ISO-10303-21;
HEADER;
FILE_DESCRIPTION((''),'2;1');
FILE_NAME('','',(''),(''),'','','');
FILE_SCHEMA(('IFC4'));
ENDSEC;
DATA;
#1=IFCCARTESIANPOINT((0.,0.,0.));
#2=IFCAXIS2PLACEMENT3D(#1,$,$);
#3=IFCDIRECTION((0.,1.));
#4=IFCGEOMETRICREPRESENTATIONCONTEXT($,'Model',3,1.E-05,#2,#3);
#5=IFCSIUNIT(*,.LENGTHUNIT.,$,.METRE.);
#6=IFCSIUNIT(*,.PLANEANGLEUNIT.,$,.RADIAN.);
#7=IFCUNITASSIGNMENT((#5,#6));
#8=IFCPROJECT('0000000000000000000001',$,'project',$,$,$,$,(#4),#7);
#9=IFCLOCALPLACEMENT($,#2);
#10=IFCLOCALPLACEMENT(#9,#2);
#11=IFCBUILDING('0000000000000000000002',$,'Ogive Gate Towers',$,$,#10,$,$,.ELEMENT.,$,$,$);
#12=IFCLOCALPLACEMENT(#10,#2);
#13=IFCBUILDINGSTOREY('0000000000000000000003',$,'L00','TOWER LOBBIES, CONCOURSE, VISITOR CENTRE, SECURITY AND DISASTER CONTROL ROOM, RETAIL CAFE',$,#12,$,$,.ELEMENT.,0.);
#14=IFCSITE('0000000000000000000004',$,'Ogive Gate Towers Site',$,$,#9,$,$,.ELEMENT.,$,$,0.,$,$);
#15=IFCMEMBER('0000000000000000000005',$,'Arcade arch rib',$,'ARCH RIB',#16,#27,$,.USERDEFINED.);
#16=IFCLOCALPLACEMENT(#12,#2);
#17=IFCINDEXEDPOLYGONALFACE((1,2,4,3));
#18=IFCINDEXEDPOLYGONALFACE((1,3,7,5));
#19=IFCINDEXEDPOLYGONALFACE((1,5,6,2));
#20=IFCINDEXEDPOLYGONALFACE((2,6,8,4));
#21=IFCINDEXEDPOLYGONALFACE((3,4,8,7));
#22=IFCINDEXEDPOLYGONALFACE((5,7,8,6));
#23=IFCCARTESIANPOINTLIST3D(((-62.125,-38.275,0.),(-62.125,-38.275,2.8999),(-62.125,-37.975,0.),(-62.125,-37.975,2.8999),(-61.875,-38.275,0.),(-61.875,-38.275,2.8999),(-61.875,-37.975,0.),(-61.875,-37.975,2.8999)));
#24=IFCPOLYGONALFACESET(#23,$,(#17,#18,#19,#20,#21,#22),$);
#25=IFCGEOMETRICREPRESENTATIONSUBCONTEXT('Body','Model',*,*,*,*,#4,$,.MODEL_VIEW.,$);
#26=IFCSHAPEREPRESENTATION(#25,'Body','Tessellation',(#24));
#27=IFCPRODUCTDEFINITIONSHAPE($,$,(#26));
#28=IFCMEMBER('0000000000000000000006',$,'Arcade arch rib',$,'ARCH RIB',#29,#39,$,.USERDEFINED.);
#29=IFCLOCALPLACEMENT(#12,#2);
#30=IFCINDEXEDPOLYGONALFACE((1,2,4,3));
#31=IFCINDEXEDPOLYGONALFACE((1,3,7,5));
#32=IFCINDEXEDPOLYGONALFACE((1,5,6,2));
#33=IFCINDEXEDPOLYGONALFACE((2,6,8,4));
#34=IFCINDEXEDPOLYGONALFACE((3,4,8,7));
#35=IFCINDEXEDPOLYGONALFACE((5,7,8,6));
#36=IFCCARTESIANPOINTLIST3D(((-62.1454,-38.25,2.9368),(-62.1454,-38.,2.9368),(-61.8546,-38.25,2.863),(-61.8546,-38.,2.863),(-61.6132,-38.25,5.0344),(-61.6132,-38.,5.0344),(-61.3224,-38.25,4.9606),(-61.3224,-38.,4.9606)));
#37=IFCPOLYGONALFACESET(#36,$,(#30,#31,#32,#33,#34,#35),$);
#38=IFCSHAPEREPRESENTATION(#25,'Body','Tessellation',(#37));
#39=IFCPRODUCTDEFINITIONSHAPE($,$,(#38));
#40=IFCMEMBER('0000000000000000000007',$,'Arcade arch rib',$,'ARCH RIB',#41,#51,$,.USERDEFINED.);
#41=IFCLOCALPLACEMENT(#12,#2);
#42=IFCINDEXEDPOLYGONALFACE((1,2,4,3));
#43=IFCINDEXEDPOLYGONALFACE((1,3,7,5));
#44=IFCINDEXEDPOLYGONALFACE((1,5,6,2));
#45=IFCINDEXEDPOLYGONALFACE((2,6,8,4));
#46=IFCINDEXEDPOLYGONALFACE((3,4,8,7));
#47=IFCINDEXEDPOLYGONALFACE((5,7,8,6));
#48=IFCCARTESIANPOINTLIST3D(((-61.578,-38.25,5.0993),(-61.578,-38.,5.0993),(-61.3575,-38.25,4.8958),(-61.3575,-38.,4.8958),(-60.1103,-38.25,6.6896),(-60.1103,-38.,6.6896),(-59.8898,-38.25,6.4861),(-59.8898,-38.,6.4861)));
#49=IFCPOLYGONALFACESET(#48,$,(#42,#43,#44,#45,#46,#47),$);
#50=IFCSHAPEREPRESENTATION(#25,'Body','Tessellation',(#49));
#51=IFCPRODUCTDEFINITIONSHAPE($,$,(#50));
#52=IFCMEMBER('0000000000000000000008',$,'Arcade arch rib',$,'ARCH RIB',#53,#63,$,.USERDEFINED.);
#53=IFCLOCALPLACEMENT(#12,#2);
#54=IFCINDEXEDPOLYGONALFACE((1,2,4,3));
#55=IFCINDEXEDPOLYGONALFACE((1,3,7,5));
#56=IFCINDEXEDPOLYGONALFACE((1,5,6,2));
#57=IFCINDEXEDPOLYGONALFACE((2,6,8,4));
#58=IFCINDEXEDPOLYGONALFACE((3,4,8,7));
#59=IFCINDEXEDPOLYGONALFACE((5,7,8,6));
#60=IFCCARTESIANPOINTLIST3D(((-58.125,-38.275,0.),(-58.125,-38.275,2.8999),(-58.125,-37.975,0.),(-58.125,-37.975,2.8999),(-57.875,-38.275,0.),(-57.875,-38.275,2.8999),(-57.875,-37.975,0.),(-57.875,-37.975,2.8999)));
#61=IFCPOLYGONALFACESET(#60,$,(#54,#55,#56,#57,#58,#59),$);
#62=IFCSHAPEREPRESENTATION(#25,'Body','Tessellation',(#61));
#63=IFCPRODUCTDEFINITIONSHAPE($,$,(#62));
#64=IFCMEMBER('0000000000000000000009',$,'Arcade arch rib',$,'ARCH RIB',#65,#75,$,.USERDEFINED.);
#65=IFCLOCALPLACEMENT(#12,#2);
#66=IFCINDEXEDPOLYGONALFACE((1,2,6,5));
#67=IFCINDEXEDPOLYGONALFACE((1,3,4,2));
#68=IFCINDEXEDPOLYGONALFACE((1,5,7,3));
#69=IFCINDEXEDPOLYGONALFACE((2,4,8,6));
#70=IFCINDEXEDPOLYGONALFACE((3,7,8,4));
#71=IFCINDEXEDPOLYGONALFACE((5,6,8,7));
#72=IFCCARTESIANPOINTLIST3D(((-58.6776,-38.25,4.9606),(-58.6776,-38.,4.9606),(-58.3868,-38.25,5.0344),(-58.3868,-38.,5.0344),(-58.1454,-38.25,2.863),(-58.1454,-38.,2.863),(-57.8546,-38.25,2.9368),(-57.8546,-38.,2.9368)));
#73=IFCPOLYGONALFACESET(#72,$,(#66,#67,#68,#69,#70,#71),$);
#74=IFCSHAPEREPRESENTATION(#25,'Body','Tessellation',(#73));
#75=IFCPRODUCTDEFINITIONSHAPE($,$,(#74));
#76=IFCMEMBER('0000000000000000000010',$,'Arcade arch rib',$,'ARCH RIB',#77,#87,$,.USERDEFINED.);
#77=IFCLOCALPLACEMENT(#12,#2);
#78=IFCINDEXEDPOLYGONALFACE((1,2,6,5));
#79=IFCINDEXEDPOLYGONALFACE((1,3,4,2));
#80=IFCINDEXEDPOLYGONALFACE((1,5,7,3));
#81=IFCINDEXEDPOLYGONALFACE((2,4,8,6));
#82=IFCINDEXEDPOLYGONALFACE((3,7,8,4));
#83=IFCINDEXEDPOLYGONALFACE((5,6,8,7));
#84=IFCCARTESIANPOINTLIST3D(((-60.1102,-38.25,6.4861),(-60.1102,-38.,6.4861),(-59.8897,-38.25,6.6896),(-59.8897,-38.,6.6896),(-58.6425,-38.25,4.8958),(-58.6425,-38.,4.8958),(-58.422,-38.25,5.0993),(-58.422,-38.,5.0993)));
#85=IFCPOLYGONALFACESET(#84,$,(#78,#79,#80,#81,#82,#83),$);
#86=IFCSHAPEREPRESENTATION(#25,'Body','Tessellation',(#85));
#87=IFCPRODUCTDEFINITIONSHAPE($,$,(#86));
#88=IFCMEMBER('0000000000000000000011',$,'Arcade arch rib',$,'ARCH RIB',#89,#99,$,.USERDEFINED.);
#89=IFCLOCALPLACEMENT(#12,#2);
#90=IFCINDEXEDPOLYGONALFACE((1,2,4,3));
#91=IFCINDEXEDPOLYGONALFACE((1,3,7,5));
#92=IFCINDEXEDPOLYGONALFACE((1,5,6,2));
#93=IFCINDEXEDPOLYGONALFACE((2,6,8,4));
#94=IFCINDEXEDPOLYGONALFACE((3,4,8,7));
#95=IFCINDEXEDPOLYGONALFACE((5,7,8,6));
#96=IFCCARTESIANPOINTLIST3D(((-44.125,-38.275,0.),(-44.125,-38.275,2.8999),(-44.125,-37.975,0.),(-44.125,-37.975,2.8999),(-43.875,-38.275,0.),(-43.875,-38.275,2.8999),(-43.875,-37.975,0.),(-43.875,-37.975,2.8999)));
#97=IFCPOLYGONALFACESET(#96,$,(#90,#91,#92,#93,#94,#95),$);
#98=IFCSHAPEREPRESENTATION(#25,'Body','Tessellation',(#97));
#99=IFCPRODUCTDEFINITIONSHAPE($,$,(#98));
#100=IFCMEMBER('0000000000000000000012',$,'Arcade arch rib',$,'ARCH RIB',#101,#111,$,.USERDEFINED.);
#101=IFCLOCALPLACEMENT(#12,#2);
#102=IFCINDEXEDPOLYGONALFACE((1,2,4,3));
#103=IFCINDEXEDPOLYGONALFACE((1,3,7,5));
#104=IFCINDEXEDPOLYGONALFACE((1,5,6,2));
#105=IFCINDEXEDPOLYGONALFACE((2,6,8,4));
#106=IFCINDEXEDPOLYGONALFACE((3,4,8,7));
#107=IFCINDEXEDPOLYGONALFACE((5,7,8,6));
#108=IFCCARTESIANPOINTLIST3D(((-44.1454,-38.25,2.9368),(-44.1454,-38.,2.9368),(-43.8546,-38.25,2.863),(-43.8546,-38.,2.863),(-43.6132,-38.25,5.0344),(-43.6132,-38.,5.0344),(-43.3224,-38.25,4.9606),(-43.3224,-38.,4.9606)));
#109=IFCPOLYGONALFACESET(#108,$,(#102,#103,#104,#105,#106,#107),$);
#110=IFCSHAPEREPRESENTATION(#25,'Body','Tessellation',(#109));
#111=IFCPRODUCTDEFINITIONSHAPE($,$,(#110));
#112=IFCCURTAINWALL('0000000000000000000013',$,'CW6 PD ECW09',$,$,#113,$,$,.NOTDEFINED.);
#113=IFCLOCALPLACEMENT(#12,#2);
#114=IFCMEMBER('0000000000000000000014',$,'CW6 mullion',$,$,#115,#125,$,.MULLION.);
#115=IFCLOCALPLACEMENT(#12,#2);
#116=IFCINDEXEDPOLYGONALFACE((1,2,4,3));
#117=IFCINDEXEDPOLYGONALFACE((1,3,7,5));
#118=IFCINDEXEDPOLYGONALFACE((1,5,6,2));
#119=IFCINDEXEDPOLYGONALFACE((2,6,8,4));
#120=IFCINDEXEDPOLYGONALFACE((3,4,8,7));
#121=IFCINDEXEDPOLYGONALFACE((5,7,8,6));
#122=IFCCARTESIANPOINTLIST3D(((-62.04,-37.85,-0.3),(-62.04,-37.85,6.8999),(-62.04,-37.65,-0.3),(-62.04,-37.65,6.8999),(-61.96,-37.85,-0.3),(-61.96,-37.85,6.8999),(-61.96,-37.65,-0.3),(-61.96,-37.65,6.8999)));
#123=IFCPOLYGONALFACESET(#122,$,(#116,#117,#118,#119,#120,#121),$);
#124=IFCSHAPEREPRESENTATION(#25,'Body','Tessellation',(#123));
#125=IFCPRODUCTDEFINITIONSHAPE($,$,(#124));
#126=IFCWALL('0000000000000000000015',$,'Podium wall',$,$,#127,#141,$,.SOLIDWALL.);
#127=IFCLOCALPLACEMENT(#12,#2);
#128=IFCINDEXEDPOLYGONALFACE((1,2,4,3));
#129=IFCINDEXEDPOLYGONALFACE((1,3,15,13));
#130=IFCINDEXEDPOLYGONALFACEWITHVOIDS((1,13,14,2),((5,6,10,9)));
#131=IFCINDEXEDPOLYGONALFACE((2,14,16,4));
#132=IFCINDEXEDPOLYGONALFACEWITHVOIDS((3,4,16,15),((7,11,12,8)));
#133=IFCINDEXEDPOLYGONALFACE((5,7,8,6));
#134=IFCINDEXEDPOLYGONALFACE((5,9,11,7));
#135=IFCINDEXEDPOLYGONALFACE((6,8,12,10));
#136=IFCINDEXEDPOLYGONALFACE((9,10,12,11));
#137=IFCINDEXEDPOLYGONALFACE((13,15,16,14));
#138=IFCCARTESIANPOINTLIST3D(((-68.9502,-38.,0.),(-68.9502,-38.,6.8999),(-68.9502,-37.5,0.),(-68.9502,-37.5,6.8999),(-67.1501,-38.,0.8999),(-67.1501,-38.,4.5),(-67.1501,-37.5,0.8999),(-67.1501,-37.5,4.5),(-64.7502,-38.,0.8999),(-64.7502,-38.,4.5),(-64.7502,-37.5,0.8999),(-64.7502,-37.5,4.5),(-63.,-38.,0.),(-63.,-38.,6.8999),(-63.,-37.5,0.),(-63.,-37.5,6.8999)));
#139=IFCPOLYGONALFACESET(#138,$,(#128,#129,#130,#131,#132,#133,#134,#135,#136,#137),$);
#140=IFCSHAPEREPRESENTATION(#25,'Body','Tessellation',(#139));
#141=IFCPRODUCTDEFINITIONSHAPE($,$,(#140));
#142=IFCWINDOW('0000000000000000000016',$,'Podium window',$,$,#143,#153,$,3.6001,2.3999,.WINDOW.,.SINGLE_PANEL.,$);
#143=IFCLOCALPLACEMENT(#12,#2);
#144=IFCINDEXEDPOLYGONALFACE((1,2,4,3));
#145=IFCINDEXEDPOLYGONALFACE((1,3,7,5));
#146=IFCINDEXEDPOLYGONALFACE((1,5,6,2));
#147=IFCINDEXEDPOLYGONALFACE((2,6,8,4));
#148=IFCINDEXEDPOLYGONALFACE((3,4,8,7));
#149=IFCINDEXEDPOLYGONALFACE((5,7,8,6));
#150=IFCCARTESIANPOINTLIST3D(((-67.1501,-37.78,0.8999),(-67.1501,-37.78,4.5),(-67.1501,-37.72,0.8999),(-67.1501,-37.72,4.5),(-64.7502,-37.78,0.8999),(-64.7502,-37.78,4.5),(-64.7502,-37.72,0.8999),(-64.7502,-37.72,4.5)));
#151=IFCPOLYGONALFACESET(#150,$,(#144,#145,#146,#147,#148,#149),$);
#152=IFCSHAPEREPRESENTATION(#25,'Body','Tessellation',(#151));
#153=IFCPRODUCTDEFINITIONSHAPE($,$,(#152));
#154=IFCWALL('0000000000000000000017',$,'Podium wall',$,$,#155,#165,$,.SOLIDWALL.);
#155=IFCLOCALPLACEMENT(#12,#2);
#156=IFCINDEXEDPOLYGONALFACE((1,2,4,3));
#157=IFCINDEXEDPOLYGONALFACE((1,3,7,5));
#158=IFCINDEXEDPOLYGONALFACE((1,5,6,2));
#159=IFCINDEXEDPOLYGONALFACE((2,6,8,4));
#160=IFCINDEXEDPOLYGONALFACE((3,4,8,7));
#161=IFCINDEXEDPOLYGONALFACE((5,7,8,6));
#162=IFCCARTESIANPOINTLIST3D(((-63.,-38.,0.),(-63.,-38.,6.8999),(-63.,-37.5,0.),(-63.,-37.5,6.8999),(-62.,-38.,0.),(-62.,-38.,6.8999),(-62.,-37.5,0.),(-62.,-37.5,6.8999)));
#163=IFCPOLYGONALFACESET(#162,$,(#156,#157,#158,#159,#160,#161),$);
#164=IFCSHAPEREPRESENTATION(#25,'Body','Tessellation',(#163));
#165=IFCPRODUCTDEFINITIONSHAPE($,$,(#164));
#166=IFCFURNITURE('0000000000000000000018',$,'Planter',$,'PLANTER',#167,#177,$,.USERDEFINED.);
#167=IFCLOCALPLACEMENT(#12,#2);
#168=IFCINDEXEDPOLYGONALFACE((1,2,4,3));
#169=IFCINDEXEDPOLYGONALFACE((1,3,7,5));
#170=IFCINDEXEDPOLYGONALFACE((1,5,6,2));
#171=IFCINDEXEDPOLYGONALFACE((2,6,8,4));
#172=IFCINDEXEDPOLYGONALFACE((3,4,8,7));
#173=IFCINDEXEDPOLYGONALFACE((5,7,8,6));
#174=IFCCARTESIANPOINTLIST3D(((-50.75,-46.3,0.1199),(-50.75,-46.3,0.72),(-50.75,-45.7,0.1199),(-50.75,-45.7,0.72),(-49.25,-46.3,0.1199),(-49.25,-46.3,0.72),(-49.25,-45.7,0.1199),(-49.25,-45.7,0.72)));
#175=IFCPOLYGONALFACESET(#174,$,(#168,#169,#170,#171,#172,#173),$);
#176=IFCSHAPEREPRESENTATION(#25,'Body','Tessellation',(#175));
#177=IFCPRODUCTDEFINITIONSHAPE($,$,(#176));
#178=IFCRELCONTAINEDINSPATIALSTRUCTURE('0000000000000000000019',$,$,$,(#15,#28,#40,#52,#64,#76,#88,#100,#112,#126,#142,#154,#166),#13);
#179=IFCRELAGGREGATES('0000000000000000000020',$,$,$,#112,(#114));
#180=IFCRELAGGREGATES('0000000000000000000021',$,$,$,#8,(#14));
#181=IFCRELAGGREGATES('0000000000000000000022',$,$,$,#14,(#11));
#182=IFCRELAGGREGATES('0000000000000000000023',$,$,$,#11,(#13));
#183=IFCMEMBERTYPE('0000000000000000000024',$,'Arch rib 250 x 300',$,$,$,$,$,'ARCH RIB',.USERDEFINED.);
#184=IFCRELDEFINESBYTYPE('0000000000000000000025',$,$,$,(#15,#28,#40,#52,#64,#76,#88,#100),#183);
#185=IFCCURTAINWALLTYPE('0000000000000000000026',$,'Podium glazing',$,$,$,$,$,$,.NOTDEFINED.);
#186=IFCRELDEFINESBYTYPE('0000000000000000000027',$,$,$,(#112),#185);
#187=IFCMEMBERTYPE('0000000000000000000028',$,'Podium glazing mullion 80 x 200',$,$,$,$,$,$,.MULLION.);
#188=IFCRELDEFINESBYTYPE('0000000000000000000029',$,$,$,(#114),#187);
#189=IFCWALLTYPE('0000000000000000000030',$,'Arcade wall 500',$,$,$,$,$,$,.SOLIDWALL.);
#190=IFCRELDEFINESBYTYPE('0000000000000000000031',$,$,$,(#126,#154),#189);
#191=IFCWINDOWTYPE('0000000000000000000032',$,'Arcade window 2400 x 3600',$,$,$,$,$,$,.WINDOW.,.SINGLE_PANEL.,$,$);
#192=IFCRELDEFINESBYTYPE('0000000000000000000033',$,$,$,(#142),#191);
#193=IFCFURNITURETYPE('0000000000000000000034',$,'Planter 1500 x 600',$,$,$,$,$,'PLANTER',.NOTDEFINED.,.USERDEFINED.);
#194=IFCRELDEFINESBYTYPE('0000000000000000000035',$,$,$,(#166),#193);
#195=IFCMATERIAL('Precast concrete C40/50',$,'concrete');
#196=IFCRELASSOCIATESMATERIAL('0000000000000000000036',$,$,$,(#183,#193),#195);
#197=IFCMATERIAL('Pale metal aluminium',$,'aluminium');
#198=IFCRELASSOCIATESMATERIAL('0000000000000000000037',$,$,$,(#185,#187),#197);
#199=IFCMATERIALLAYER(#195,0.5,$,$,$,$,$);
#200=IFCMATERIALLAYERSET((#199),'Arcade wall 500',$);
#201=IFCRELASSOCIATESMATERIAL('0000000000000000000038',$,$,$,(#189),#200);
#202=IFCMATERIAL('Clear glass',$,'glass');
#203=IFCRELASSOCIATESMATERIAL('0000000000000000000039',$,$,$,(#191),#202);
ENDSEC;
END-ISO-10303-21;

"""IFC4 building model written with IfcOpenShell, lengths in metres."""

from ifc_helpers import new_model, si_unit, direction, frame, frame_2d, origin, origin_2d, place, context, subcontext, project, spatial, rectangle, extrude, material, layer, layer_set, material_profile, profile_set, type_object, element, fill, aggregate, save


model = new_model("IFC4")

# Units and contexts
model_context = context("Model", 3, precision=1e-05, world=origin(), true_north=direction((0.0, 1.0)))
body_context = subcontext(model_context, "Body", "Model", "MODEL_VIEW")
ifc_project = project(units=[si_unit("LENGTHUNIT", "METRE"), si_unit("PLANEANGLEUNIT", "RADIAN")], contexts=[model_context])

# Site, building, storey
site_placement = place(None, origin())
site = spatial("IfcSite", under=ifc_project, at=site_placement, Name="Ogive Gate Towers Site", CompositionType="ELEMENT", RefElevation=0.0)
building_placement = place(site_placement, origin())
building = spatial("IfcBuilding", under=site, at=building_placement, Name="Ogive Gate Towers", CompositionType="ELEMENT")
storey_placement = place(building_placement, origin())
storey = spatial("IfcBuildingStorey", under=building, at=storey_placement, Name="L00", Description="TOWER LOBBIES, CONCOURSE, VISITOR CENTRE, SECURITY AND DISASTER CONTROL ROOM, RETAIL CAFE", CompositionType="ELEMENT", Elevation=0.0)

# Members
ifc_material_1 = material(Name="Precast concrete C40/50", Category="concrete")
ifc_material_profile_1 = material_profile(ifc_material_1, rectangle(XDim=0.25, YDim=0.3, at=origin_2d()), Name="250 x 300 cast stone")
ifc_profile_set_1 = profile_set([ifc_material_profile_1], Name="Precast concrete C40/50")
member_type_1 = type_object("IfcMemberType", Name="Arch rib 250 x 300", ElementType="ARCH RIB", PredefinedType="USERDEFINED", material=ifc_profile_set_1)
member_1_placement = place(storey_placement, frame((-62.0, -38.125, 0.0), z_axis=(0.0, 0.0, 1.0), x_axis=(1.0, 0.0, 0.0)))
element("IfcMember", 1, at=member_1_placement, inside=storey, type_object=member_type_1, Name="Arcade arch rib", ObjectType="ARCH RIB", PredefinedType="USERDEFINED", context=body_context, shape_type="SweptSolid", body=[
    extrude(rectangle(XDim=0.25, YDim=0.3, at=origin_2d()), origin(), (0.0, 0.0, 1.0), 2.8999),
])
for number, where, z_axis, x_axis, name in (
    (2, (-62.0, -38.125, 2.8999), (0.245932, 0.0, 0.969287), (0.0, 1.0, 0.0), "Arcade arch rib"),
    (3, (-61.4678, -38.125, 4.9976), (0.678224, 0.0, 0.734855), (0.0, 1.0, 0.0), "Arcade arch rib"),
):
    element("IfcMember", number, at=place(storey_placement, frame(where, z_axis=z_axis, x_axis=x_axis)), inside=storey, type_object=member_type_1, Name=name, ObjectType="ARCH RIB", PredefinedType="USERDEFINED", context=body_context, shape_type="SweptSolid", body=[
        extrude(rectangle(XDim=0.25, YDim=0.3, at=origin_2d()), origin(), (0.0, 0.0, 1.0), 2.1641),
    ])
member_2_placement = place(storey_placement, frame((-58.0, -38.125, 0.0), z_axis=(0.0, 0.0, 1.0), x_axis=(1.0, 0.0, 0.0)))
element("IfcMember", 4, at=member_2_placement, inside=storey, type_object=member_type_1, Name="Arcade arch rib", ObjectType="ARCH RIB", PredefinedType="USERDEFINED", context=body_context, shape_type="SweptSolid", body=[
    extrude(rectangle(XDim=0.25, YDim=0.3, at=origin_2d()), origin(), (0.0, 0.0, 1.0), 2.8999),
])
for number, where, z_axis, x_axis, name in (
    (5, (-58.0, -38.125, 2.8999), (-0.245932, 0.0, 0.969287), (0.0, -1.0, 0.0), "Arcade arch rib"),
    (6, (-58.5322, -38.125, 4.9976), (-0.678224, 0.0, 0.734855), (0.0, -1.0, 0.0), "Arcade arch rib"),
):
    element("IfcMember", number, at=place(storey_placement, frame(where, z_axis=z_axis, x_axis=x_axis)), inside=storey, type_object=member_type_1, Name=name, ObjectType="ARCH RIB", PredefinedType="USERDEFINED", context=body_context, shape_type="SweptSolid", body=[
        extrude(rectangle(XDim=0.25, YDim=0.3, at=origin_2d()), origin(), (0.0, 0.0, 1.0), 2.1641),
    ])
member_3_placement = place(storey_placement, frame((-44.0, -38.125, 0.0), z_axis=(0.0, 0.0, 1.0), x_axis=(1.0, 0.0, 0.0)))
element("IfcMember", 7, at=member_3_placement, inside=storey, type_object=member_type_1, Name="Arcade arch rib", ObjectType="ARCH RIB", PredefinedType="USERDEFINED", context=body_context, shape_type="SweptSolid", body=[
    extrude(rectangle(XDim=0.25, YDim=0.3, at=origin_2d()), origin(), (0.0, 0.0, 1.0), 2.8999),
])
member_4_placement = place(storey_placement, frame((-44.0, -38.125, 2.8999), z_axis=(0.245932, 0.0, 0.969287), x_axis=(0.0, 1.0, 0.0)))
element("IfcMember", 8, at=member_4_placement, inside=storey, type_object=member_type_1, Name="Arcade arch rib", ObjectType="ARCH RIB", PredefinedType="USERDEFINED", context=body_context, shape_type="SweptSolid", body=[
    extrude(rectangle(XDim=0.25, YDim=0.3, at=origin_2d()), origin(), (0.0, 0.0, 1.0), 2.1641),
])

# Curtain wall, member
ifc_material_2 = material(Name="Pale metal aluminium", Category="aluminium")
curtain_wall_type = type_object("IfcCurtainWallType", Name="Podium glazing", PredefinedType="NOTDEFINED", material=ifc_material_2)
curtain_wall_placement = place(storey_placement, origin())
curtain_wall = element("IfcCurtainWall", 9, at=curtain_wall_placement, inside=storey, type_object=curtain_wall_type, Name="CW6 PD ECW09", PredefinedType="NOTDEFINED")
ifc_material_profile_2 = material_profile(ifc_material_2, rectangle(XDim=0.2, YDim=0.0801, at=origin_2d()), Name="80 x 200 aluminium box")
ifc_profile_set_2 = profile_set([ifc_material_profile_2], Name="Pale metal aluminium")
member_type_2 = type_object("IfcMemberType", Name="Podium glazing mullion 80 x 200", PredefinedType="MULLION", material=ifc_profile_set_2)
member_5_placement = place(storey_placement, frame((-62.0, -37.75, -0.3), z_axis=(0.0, 0.0, 1.0), x_axis=(0.0, -1.0, 0.0)))
member_5 = element("IfcMember", 10, at=member_5_placement, type_object=member_type_2, Name="CW6 mullion", PredefinedType="MULLION", context=body_context, shape_type="SweptSolid", body=[
    extrude(rectangle(XDim=0.2, YDim=0.0801, at=origin_2d()), origin(), (0.0, 0.0, 1.0), 7.2),
])
aggregate(curtain_wall, [member_5])

# Wall, opening, window
ifc_layer = layer(ifc_material_1, 0.5)
ifc_layer_set = layer_set([ifc_layer], Name="Arcade wall 500")
wall_type = type_object("IfcWallType", Name="Arcade wall 500", PredefinedType="SOLIDWALL", material=ifc_layer_set)
wall_1_placement = place(storey_placement, frame((-68.9502, -37.75, 0.0), z_axis=(0.0, 0.0, 1.0), x_axis=(1.0, 0.0, 0.0)))
wall_1 = element("IfcWall", 11, at=wall_1_placement, inside=storey, type_object=wall_type, Name="Podium wall", PredefinedType="SOLIDWALL", context=body_context, shape_type="SweptSolid", body=[
    extrude(rectangle(XDim=5.9502, YDim=0.5, at=frame_2d((2.9751, 0.0))), origin(), (0.0, 0.0, 1.0), 6.8999),
])
opening_placement = place(wall_1_placement, frame((1.8, 0.0, 0.8999)))
opening = element("IfcOpeningElement", 12, at=opening_placement, cuts=wall_1, PredefinedType="OPENING", context=body_context, shape_type="SweptSolid", body=[
    extrude(rectangle(XDim=2.3999, YDim=3.6001, at=frame_2d((1.2, 1.8))), frame((0.0, 0.26, 0.0), z_axis=(0.0, -1.0, 0.0), x_axis=(1.0, 0.0, 0.0)), (0.0, 0.0, 1.0), 0.52),
])
ifc_material_3 = material(Name="Clear glass", Category="glass")
window_type = type_object("IfcWindowType", Name="Arcade window 2400 x 3600", PartitioningType="SINGLE_PANEL", PredefinedType="WINDOW", material=ifc_material_3)
window_placement = place(opening_placement, origin())
window = element("IfcWindow", 13, at=window_placement, inside=storey, type_object=window_type, Name="Podium window", OverallHeight=3.6001, OverallWidth=2.3999, PartitioningType="SINGLE_PANEL", PredefinedType="WINDOW", context=body_context, shape_type="SweptSolid", body=[
    extrude(rectangle(XDim=2.3999, YDim=3.6001, at=frame_2d((1.2, 1.8))), frame((0.0, 0.03, 0.0), z_axis=(0.0, -1.0, 0.0), x_axis=(1.0, 0.0, 0.0)), (0.0, 0.0, 1.0), 0.0601),
])
fill(opening, window)

# Wall
wall_2_placement = place(storey_placement, frame((-63.0, -37.75, 0.0), z_axis=(0.0, 0.0, 1.0), x_axis=(1.0, 0.0, 0.0)))
element("IfcWall", 14, at=wall_2_placement, inside=storey, type_object=wall_type, Name="Podium wall", PredefinedType="SOLIDWALL", context=body_context, shape_type="SweptSolid", body=[
    extrude(rectangle(XDim=1.0, YDim=0.5, at=frame_2d((0.5, 0.0))), origin(), (0.0, 0.0, 1.0), 6.8999),
])

# Furniture
furniture_type = type_object("IfcFurnitureType", Name="Planter 1500 x 600", ElementType="PLANTER", AssemblyPlace="NOTDEFINED", PredefinedType="USERDEFINED", material=ifc_material_1)
furniture_placement = place(storey_placement, frame((-50.0, -46.0, 0.1199), z_axis=(0.0, 0.0, 1.0), x_axis=(1.0, 0.0, 0.0)))
element("IfcFurniture", 15, at=furniture_placement, inside=storey, type_object=furniture_type, Name="Planter", ObjectType="PLANTER", PredefinedType="USERDEFINED", context=body_context, shape_type="SweptSolid", body=[
    extrude(rectangle(XDim=1.5, YDim=0.6001, at=origin_2d()), origin(), (0.0, 0.0, 1.0), 0.6001),
])

save(model, "model.ifc")
